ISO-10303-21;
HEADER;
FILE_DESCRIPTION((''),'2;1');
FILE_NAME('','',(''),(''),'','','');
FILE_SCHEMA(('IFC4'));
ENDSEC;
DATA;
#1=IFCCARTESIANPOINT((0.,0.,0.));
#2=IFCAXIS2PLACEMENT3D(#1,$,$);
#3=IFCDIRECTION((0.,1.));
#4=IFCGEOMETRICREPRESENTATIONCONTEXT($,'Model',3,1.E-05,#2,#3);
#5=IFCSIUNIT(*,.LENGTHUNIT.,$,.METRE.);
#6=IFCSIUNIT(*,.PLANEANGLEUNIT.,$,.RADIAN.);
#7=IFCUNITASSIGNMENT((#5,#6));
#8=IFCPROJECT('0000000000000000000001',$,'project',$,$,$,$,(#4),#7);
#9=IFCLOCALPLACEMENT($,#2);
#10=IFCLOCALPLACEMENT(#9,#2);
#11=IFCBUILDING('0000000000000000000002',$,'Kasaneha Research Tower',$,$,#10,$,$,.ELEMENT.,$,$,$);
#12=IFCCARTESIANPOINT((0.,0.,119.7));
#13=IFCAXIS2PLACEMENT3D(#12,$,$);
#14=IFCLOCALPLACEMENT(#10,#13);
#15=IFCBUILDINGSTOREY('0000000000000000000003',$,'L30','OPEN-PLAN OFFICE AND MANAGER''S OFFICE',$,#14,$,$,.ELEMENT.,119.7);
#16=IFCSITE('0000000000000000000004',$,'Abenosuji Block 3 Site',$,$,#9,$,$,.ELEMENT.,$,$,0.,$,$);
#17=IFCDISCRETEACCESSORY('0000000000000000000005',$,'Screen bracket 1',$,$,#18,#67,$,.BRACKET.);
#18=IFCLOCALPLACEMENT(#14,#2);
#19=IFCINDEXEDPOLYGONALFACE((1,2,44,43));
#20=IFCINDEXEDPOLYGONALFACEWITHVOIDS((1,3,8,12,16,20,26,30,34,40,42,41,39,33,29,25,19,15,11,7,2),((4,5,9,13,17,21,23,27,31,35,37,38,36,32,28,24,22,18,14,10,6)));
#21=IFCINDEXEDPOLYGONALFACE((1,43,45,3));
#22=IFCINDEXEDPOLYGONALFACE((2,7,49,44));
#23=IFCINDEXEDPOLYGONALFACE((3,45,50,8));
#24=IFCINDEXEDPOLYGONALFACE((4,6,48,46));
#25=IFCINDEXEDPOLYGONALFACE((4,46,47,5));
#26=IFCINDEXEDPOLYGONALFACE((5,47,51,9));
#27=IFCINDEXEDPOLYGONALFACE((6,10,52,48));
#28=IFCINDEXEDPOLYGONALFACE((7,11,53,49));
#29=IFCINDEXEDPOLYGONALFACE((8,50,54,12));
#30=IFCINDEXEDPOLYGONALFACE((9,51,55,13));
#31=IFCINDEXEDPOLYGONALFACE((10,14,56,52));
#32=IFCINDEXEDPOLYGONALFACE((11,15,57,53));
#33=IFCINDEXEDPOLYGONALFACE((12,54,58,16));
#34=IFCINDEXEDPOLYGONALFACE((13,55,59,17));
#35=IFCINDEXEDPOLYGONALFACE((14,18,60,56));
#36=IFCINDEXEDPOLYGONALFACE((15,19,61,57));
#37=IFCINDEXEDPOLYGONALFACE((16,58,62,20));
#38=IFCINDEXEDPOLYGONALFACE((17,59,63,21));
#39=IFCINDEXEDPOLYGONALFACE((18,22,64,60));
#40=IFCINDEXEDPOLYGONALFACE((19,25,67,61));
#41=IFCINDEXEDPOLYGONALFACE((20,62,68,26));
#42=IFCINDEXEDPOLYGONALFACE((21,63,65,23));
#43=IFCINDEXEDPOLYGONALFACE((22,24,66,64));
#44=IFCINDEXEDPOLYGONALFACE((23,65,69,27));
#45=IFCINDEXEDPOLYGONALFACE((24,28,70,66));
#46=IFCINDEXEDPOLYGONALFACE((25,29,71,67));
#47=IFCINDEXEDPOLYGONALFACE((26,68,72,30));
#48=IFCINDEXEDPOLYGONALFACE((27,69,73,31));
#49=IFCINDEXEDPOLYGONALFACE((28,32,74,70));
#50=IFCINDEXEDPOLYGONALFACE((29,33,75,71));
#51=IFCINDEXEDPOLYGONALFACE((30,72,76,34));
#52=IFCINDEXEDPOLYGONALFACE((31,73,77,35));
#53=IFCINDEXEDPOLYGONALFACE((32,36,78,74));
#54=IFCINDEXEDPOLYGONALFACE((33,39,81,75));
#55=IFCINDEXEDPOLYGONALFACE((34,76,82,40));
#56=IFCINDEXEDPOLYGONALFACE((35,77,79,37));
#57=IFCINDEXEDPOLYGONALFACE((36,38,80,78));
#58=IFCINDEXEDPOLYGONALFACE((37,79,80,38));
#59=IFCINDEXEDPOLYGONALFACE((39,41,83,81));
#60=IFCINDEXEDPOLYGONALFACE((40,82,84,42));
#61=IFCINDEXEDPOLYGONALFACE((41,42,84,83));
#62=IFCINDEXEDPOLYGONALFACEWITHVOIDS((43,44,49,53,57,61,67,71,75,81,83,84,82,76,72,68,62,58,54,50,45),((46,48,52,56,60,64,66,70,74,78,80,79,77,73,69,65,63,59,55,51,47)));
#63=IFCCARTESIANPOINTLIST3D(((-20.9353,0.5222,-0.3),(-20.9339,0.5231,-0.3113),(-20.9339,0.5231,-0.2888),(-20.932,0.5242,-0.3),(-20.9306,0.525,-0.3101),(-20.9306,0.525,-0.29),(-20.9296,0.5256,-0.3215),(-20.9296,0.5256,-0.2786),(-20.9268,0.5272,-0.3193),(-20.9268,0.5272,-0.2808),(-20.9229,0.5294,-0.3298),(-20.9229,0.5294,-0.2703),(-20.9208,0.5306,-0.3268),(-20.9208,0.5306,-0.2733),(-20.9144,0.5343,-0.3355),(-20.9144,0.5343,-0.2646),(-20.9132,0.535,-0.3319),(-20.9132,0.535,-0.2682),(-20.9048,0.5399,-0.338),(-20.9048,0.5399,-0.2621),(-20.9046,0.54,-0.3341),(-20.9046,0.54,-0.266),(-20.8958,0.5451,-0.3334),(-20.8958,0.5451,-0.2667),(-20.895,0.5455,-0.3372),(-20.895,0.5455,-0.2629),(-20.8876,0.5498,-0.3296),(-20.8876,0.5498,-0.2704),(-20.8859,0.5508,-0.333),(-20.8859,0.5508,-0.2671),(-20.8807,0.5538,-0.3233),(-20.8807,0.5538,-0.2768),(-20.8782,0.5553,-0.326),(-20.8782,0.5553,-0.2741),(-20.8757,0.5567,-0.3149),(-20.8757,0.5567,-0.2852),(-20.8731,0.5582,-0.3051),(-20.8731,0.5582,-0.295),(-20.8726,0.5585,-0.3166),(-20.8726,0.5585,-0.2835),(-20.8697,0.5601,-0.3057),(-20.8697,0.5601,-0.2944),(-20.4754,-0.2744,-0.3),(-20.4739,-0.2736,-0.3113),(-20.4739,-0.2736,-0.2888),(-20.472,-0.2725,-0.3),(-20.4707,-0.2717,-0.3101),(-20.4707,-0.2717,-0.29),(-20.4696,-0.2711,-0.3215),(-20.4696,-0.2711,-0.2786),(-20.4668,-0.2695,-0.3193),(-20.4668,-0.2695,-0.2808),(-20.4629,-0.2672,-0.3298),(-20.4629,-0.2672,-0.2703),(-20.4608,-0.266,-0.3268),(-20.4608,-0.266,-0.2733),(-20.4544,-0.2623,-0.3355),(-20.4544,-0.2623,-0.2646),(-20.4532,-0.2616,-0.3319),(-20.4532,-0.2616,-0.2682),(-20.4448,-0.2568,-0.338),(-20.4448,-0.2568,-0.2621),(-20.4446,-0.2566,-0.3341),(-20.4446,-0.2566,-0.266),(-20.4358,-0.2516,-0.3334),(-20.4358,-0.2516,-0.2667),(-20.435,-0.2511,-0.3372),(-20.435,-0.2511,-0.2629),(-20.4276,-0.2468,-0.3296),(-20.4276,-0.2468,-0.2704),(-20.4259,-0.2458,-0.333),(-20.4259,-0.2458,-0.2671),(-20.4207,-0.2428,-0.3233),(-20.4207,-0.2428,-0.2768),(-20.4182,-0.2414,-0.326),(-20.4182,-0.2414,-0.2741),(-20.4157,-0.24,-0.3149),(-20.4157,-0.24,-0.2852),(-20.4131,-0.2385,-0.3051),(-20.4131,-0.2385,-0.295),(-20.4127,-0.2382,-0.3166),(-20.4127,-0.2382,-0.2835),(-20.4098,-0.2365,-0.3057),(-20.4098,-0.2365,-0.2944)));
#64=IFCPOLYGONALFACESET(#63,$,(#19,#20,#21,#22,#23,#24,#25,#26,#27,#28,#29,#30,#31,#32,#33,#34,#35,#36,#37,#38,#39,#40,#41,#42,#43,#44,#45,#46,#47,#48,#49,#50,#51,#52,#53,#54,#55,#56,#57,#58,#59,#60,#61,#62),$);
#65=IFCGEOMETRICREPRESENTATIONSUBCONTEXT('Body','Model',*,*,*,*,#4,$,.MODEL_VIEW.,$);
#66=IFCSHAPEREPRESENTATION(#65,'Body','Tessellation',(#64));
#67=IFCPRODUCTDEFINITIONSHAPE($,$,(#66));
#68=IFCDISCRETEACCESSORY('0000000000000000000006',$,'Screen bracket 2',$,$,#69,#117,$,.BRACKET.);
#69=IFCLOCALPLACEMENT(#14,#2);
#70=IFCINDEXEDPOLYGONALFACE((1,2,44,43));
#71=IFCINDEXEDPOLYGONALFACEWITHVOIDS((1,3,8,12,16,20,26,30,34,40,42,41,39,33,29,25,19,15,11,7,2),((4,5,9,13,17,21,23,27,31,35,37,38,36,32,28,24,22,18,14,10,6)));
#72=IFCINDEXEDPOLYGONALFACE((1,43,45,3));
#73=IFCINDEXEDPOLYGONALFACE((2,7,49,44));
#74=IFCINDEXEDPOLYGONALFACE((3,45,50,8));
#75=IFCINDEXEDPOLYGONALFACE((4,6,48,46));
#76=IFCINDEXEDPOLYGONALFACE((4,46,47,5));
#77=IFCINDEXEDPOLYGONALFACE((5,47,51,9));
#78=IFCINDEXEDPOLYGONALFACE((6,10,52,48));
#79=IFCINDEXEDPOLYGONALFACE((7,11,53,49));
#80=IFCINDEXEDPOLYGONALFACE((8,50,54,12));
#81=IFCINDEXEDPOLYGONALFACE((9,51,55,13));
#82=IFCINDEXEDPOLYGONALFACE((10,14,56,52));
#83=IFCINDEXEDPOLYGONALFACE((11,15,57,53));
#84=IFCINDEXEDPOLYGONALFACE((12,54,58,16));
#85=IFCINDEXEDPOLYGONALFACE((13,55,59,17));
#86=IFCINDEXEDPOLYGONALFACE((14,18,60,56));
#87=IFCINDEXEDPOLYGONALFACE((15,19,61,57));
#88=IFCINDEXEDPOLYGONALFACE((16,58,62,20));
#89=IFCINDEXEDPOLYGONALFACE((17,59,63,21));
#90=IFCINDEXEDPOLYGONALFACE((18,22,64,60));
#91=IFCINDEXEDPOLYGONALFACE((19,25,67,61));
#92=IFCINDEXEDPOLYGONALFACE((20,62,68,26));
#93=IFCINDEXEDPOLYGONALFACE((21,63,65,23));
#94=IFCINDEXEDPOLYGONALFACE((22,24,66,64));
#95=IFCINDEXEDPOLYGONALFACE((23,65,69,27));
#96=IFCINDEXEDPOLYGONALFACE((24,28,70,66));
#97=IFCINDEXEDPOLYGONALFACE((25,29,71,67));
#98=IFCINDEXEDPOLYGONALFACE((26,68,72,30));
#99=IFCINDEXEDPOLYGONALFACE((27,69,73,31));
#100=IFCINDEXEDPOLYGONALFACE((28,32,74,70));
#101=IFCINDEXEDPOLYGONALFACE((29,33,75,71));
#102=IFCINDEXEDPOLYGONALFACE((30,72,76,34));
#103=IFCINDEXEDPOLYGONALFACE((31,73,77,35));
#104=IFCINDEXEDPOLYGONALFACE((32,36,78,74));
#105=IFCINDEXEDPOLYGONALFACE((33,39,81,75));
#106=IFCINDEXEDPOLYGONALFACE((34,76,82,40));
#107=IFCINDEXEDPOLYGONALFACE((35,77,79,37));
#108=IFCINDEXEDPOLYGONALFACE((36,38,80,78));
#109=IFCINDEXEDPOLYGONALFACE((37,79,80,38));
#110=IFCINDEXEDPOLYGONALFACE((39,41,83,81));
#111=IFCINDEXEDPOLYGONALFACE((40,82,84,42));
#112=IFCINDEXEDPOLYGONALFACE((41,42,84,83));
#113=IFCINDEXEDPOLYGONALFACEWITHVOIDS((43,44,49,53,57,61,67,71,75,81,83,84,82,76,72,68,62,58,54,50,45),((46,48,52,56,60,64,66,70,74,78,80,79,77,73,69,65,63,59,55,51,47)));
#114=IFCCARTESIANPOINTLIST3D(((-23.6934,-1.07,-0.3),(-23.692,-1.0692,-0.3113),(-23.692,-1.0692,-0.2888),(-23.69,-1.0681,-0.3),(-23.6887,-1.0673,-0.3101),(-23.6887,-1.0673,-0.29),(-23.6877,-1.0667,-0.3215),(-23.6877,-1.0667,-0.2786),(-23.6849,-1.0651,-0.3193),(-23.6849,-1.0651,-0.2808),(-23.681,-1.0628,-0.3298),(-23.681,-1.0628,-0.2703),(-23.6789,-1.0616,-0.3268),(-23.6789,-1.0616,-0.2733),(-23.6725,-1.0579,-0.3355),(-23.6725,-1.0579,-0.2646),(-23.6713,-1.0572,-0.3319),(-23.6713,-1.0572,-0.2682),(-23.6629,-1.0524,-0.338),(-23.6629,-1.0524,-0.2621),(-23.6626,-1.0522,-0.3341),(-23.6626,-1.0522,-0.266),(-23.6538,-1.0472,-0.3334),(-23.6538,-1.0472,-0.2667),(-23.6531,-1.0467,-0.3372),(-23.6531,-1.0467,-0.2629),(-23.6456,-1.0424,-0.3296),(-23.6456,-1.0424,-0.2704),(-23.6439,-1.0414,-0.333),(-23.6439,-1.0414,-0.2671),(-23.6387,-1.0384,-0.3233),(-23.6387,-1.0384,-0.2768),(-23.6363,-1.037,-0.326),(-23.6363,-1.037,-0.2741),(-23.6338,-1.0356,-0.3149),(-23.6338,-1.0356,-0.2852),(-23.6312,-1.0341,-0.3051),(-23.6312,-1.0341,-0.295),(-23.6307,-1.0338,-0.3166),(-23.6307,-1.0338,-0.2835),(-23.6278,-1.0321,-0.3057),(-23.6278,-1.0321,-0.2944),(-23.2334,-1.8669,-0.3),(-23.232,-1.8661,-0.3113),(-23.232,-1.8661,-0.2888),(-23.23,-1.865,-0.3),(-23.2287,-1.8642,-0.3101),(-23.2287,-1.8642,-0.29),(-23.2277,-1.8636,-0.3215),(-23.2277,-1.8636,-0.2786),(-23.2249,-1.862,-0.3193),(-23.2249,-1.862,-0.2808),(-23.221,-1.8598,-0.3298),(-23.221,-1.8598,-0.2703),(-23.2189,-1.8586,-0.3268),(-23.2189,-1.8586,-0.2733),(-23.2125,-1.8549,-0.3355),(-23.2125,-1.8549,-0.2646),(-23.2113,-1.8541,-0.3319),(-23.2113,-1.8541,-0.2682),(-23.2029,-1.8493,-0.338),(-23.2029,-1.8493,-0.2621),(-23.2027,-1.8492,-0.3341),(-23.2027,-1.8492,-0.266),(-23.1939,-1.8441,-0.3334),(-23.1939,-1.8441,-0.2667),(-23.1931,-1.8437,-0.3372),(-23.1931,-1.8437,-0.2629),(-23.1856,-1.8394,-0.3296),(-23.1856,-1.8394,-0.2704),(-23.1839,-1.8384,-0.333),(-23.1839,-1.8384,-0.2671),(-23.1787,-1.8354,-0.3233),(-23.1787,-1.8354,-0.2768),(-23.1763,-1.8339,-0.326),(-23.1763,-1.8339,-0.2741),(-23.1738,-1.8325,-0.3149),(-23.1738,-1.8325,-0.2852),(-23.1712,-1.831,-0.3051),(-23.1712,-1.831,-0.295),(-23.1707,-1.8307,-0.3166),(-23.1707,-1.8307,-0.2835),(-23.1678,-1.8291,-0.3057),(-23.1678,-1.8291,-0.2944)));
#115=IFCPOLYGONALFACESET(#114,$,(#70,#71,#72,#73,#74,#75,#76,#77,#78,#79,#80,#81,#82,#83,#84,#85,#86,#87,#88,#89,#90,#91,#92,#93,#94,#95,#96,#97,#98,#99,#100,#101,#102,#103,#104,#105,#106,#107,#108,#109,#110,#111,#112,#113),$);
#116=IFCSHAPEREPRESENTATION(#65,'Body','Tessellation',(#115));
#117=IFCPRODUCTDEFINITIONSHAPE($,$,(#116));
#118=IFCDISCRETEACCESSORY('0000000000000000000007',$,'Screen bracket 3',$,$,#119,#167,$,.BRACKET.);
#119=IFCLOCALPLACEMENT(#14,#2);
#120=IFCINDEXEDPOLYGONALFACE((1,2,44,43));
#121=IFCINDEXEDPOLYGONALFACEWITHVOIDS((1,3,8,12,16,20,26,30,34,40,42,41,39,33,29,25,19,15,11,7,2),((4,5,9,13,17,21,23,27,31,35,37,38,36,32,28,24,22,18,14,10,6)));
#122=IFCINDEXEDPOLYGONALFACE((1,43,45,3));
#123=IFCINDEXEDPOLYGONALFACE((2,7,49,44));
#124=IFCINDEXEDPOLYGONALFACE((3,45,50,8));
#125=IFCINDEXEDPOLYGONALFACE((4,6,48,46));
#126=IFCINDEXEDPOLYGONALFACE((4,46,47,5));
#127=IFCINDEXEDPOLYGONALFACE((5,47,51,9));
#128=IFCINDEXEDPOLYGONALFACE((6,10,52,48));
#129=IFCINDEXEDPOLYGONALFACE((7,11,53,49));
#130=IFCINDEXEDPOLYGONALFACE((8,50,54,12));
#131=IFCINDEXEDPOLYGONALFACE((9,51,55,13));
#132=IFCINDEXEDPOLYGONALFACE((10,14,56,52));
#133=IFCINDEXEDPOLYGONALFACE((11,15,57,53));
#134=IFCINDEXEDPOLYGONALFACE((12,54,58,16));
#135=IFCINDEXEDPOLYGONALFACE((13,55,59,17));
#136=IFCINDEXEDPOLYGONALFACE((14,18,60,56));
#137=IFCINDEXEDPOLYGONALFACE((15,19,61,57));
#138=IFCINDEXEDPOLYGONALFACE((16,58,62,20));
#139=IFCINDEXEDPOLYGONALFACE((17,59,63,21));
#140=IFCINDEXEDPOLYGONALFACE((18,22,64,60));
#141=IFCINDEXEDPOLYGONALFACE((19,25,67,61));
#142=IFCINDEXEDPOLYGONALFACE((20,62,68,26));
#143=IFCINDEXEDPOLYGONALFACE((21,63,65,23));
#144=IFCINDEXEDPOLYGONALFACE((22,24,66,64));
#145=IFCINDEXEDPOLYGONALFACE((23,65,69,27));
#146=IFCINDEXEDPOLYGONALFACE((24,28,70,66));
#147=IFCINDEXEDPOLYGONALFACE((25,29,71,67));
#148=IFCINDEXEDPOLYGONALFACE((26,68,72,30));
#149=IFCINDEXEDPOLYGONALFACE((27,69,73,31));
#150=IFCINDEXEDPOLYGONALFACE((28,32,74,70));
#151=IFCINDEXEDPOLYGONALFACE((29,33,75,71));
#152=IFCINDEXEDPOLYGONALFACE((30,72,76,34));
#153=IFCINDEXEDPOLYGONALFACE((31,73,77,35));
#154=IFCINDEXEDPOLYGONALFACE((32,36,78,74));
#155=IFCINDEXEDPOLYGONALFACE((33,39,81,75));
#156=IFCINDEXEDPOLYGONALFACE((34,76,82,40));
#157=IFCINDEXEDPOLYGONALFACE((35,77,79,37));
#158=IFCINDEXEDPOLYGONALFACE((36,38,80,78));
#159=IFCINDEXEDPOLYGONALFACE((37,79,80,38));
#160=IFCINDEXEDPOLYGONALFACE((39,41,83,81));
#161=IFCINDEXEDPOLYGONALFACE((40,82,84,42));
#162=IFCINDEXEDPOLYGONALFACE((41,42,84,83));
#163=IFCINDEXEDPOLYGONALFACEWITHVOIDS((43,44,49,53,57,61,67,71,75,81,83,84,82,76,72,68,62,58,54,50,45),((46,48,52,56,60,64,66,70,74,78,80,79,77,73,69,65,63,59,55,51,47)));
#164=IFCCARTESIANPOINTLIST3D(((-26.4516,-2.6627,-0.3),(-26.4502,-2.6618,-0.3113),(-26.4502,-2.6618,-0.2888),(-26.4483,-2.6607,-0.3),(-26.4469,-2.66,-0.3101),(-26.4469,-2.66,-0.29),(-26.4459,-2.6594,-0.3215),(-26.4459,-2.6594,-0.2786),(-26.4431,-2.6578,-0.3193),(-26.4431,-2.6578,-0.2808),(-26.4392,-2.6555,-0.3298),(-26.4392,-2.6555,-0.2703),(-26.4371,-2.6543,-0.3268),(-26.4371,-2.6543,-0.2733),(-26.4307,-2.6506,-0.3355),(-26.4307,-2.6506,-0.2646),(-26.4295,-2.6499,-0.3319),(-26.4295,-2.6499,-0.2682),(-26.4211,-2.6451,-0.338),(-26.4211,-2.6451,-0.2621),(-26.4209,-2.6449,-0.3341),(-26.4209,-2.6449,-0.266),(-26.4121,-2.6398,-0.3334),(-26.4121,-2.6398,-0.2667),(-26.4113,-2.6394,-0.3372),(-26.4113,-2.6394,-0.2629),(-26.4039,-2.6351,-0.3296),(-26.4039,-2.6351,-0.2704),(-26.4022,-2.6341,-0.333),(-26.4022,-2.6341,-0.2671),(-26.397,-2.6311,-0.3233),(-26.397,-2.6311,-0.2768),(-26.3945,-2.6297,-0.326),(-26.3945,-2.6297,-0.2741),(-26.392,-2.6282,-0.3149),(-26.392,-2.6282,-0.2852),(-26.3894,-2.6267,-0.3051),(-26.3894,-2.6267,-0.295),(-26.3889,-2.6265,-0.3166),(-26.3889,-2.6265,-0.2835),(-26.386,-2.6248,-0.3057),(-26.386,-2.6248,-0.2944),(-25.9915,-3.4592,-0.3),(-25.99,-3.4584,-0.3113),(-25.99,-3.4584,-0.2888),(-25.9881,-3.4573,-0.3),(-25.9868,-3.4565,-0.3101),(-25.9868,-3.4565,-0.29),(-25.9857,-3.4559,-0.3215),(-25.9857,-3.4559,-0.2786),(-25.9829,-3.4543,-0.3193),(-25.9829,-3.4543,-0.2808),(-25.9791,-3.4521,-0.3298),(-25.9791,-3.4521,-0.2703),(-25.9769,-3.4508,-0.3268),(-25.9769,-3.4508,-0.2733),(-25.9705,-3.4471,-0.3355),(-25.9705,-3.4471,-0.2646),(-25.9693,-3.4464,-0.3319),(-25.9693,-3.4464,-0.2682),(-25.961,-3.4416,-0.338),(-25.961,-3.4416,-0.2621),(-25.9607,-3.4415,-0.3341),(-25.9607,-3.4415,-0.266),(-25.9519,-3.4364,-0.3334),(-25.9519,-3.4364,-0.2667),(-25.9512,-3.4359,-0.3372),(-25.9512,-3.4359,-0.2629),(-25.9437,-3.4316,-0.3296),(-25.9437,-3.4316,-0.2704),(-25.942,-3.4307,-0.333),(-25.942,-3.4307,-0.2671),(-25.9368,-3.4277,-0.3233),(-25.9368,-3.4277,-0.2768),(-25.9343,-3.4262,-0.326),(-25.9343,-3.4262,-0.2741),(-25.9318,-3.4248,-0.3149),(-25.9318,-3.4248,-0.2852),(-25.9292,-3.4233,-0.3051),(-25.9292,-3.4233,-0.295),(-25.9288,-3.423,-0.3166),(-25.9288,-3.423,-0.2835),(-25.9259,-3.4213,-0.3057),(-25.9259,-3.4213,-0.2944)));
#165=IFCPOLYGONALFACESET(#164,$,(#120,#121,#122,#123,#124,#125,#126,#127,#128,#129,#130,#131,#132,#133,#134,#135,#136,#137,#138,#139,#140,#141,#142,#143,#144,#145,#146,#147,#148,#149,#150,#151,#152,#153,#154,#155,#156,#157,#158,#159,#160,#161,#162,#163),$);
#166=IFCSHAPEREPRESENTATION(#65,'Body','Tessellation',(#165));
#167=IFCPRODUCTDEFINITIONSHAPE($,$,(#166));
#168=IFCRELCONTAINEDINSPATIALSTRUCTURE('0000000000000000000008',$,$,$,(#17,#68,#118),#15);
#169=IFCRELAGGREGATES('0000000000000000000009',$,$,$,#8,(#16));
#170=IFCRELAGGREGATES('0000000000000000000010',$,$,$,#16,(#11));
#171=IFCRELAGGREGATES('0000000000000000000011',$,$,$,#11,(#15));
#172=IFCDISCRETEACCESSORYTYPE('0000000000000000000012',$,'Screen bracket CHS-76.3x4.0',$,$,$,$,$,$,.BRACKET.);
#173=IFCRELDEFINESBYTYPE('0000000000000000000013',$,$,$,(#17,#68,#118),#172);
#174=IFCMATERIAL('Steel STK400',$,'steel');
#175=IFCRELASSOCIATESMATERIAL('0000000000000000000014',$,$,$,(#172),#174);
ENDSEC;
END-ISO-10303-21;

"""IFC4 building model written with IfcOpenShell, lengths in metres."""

from ifc_helpers import new_model, si_unit, direction, frame, origin, origin_2d, place, context, subcontext, project, spatial, hollow_circle, extrude, material, material_profile, profile_set, type_object, element, save


model = new_model("IFC4")

# Units and contexts
model_context = context("Model", 3, precision=1e-05, world=origin(), true_north=direction((0.0, 1.0)))
body_context = subcontext(model_context, "Body", "Model", "MODEL_VIEW")
ifc_project = project(units=[si_unit("LENGTHUNIT", "METRE"), si_unit("PLANEANGLEUNIT", "RADIAN")], contexts=[model_context])

# Site, building, storey
site_placement = place(None, origin())
site = spatial("IfcSite", under=ifc_project, at=site_placement, Name="Abenosuji Block 3 Site", CompositionType="ELEMENT", RefElevation=0.0)
building_placement = place(site_placement, origin())
building = spatial("IfcBuilding", under=site, at=building_placement, Name="Kasaneha Research Tower", CompositionType="ELEMENT")
storey_placement = place(building_placement, frame((0.0, 0.0, 119.7)))
storey = spatial("IfcBuildingStorey", under=building, at=storey_placement, Name="L30", Description="OPEN-PLAN OFFICE AND MANAGER'S OFFICE", CompositionType="ELEMENT", Elevation=119.7)

# Discrete accessories
ifc_material_1 = material(Name="Steel STK400", Category="steel")
ifc_material_profile_1 = material_profile(ifc_material_1, hollow_circle(Radius=0.0381, WallThickness=0.0039, at=origin_2d()), Name="CHS-76.3x4.0")
ifc_profile_set_1 = profile_set([ifc_material_profile_1], Name="Steel STK400")
discrete_accessory_type = type_object("IfcDiscreteAccessoryType", Name="Screen bracket CHS-76.3x4.0", PredefinedType="BRACKET", material=ifc_profile_set_1)
discrete_accessory_1_placement = place(storey_placement, frame((-20.4424, -0.2554, -0.3), z_axis=(-0.500021, 0.866013, 0.0), x_axis=(-0.866013, -0.500021, 0.0)))
element("IfcDiscreteAccessory", 1, at=discrete_accessory_1_placement, inside=storey, type_object=discrete_accessory_type, Name="Screen bracket 1", PredefinedType="BRACKET", context=body_context, shape_type="SweptSolid", body=[
    extrude(hollow_circle(Radius=0.0381, WallThickness=0.0039, at=origin_2d()), origin(), (0.0, 0.0, 1.0), 0.9199),
])
discrete_accessory_2_placement = place(storey_placement, frame((-23.2004, -1.8479, -0.3), z_axis=(-0.499906, 0.86608, 0.0), x_axis=(-0.86608, -0.499906, 0.0)))
element("IfcDiscreteAccessory", 2, at=discrete_accessory_2_placement, inside=storey, type_object=discrete_accessory_type, Name="Screen bracket 2", PredefinedType="BRACKET", context=body_context, shape_type="SweptSolid", body=[
    extrude(hollow_circle(Radius=0.0381, WallThickness=0.0039, at=origin_2d()), origin(), (0.0, 0.0, 1.0), 0.9202),
])
discrete_accessory_3_placement = place(storey_placement, frame((-25.9585, -3.4402, -0.3), z_axis=(-0.50022, 0.865898, 0.0), x_axis=(-0.865898, -0.50022, 0.0)))
element("IfcDiscreteAccessory", 3, at=discrete_accessory_3_placement, inside=storey, type_object=discrete_accessory_type, Name="Screen bracket 3", PredefinedType="BRACKET", context=body_context, shape_type="SweptSolid", body=[
    extrude(hollow_circle(Radius=0.0381, WallThickness=0.0039, at=origin_2d()), origin(), (0.0, 0.0, 1.0), 0.9199),
])

save(model, "model.ifc")
